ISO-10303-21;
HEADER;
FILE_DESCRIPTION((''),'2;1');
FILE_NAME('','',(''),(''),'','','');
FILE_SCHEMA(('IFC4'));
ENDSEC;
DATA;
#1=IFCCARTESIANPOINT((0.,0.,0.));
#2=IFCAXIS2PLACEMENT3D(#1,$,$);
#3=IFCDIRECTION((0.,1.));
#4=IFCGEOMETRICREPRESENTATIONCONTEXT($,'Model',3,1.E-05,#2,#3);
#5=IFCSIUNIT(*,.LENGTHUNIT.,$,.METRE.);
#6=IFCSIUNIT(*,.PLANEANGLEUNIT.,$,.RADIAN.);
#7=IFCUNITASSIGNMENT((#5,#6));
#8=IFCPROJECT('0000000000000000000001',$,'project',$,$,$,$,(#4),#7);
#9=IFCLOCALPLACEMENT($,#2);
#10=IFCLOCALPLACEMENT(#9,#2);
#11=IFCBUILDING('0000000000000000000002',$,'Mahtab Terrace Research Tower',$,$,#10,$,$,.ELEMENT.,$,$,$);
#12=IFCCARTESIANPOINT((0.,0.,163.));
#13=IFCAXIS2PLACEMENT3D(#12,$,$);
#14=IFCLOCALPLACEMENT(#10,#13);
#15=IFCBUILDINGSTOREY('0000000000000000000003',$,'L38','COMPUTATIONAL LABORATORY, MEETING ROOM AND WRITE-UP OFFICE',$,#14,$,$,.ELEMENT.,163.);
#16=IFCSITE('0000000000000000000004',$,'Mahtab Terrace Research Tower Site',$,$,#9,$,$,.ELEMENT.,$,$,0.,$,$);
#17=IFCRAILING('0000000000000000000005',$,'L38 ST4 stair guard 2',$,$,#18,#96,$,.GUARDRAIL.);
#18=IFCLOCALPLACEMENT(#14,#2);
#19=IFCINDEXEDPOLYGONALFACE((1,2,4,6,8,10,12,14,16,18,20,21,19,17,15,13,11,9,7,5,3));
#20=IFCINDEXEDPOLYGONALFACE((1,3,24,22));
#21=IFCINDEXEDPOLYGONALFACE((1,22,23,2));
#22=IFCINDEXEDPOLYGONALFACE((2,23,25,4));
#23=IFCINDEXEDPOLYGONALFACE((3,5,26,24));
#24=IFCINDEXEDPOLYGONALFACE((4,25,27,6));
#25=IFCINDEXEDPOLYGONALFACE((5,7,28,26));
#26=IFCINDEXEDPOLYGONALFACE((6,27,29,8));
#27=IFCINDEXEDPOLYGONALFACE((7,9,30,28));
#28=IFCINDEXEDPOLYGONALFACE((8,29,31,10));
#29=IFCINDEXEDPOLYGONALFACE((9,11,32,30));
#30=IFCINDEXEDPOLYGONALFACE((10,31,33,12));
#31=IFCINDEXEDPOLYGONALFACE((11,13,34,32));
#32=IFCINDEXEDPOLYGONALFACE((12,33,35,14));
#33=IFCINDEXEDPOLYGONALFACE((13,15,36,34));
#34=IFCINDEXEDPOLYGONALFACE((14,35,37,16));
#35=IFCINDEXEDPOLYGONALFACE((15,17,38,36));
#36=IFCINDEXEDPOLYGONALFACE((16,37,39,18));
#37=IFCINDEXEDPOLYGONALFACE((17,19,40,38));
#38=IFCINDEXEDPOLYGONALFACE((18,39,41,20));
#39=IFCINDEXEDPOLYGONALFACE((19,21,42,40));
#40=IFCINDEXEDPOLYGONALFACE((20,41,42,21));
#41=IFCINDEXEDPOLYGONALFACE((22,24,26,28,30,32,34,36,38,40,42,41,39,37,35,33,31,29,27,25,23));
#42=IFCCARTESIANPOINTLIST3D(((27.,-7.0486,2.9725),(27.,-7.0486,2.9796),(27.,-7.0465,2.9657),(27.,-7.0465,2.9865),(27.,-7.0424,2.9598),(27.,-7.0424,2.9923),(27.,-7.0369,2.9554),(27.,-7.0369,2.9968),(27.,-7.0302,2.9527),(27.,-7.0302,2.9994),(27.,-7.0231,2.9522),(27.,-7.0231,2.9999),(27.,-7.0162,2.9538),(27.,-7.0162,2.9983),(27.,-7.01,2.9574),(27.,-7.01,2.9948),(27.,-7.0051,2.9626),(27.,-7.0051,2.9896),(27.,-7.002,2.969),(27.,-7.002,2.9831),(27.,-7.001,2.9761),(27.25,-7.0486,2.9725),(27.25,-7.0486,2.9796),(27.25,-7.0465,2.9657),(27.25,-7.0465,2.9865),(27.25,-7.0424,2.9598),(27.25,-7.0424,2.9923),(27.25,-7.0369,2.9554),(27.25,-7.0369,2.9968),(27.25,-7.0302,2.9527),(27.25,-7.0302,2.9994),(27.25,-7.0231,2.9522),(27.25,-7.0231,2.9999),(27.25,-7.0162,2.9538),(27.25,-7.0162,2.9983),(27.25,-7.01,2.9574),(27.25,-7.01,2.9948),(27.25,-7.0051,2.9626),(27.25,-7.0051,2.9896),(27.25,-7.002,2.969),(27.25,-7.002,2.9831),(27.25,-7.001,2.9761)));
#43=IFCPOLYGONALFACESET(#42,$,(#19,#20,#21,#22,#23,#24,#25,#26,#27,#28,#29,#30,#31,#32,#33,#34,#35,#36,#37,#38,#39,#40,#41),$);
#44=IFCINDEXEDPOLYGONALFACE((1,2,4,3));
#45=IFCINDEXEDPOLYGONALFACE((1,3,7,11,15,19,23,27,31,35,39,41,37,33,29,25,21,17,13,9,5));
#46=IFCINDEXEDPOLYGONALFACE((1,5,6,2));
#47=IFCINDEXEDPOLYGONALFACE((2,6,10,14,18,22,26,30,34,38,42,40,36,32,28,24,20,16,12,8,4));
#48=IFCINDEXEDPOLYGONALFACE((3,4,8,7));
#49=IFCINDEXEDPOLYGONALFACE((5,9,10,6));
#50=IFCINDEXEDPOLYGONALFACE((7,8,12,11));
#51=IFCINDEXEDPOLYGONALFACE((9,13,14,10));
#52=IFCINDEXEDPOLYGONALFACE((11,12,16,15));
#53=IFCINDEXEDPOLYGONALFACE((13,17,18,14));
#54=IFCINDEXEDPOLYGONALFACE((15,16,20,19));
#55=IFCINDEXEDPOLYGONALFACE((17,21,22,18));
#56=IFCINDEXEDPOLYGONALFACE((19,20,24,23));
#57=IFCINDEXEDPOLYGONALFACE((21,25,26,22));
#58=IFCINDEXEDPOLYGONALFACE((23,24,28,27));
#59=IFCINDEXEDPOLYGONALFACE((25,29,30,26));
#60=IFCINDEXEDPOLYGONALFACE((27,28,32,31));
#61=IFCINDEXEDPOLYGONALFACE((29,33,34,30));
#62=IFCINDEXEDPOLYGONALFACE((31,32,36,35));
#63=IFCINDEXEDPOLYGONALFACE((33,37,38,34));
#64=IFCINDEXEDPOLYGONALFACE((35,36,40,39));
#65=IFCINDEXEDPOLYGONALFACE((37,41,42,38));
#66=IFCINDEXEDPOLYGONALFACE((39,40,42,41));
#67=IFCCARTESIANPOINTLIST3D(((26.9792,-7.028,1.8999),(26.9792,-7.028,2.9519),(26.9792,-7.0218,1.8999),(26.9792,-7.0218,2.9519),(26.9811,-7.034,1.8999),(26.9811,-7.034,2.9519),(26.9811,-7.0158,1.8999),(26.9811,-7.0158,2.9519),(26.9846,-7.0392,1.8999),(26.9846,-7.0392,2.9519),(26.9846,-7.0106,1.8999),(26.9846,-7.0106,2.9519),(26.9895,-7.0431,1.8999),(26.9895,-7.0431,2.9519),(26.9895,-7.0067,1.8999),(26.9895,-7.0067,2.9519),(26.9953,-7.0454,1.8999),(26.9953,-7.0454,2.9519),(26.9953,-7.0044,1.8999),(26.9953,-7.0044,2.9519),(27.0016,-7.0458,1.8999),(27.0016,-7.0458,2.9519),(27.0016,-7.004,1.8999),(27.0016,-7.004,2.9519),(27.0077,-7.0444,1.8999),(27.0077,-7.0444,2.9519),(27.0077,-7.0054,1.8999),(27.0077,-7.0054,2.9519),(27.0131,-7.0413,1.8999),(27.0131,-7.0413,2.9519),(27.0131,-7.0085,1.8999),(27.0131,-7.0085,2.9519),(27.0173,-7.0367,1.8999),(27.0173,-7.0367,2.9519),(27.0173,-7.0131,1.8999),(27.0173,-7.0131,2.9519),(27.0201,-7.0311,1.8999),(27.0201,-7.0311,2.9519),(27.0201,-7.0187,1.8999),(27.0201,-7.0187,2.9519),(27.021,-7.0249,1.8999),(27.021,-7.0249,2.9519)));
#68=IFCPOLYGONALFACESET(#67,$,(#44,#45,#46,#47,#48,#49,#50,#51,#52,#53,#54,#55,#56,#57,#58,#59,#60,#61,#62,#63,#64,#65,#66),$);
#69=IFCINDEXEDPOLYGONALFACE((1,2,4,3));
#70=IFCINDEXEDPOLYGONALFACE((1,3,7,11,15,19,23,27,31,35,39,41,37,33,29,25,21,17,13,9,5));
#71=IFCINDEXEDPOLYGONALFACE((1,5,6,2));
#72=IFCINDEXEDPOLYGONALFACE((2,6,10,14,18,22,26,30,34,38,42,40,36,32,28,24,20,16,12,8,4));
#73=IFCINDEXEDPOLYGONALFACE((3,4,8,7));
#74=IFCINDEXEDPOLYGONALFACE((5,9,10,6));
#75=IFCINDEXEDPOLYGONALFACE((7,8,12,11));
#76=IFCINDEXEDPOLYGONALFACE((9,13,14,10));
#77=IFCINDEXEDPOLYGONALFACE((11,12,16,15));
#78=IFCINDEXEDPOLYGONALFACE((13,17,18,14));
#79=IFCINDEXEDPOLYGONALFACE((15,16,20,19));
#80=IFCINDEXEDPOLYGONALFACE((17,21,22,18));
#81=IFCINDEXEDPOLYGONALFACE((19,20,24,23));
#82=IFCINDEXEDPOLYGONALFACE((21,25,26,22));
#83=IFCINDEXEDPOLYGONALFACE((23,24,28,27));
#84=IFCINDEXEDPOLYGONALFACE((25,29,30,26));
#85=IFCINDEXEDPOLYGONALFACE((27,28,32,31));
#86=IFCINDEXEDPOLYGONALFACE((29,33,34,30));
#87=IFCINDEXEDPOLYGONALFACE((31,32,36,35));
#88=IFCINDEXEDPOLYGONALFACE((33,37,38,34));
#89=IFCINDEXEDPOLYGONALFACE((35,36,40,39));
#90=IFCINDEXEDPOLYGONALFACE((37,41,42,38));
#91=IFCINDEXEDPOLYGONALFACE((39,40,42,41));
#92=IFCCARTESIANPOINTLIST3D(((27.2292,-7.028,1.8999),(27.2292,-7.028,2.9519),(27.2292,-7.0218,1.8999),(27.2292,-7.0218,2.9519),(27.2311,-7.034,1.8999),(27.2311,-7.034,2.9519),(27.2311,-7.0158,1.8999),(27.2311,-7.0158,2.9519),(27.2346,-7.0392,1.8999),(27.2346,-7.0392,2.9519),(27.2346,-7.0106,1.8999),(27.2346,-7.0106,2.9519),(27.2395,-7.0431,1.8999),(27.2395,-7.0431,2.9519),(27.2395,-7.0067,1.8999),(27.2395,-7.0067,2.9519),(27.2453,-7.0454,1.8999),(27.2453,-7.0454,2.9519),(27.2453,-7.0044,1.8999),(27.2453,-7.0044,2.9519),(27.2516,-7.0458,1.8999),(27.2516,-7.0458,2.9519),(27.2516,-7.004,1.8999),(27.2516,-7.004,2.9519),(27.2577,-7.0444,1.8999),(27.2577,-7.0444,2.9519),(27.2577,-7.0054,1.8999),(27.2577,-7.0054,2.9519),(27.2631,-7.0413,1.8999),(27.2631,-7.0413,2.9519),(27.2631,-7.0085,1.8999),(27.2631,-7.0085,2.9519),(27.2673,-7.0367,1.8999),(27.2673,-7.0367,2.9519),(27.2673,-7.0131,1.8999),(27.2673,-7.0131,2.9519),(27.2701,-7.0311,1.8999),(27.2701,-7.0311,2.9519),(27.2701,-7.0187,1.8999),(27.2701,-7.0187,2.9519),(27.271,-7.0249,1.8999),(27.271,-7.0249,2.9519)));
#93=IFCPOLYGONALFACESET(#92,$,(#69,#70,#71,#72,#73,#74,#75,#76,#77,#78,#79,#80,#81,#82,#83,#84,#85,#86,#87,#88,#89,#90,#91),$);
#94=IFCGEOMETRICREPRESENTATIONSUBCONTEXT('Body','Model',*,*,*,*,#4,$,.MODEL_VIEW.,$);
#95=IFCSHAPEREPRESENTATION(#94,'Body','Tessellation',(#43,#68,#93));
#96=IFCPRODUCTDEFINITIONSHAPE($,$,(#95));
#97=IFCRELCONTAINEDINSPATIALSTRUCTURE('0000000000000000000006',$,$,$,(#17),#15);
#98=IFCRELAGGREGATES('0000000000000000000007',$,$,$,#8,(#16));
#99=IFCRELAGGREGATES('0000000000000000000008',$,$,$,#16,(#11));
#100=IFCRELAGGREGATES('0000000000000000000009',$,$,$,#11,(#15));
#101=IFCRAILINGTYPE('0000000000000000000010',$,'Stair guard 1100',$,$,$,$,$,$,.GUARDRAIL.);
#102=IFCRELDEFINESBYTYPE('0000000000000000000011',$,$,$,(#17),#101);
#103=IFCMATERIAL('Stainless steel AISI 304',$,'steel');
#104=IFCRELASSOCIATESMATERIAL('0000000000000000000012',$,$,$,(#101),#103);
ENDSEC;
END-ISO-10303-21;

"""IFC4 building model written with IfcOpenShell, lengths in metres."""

from ifc_helpers import new_model, si_unit, direction, frame, origin, origin_2d, place, context, subcontext, project, spatial, circle, extrude, material, type_object, element, save


model = new_model("IFC4")

# Units and contexts
model_context = context("Model", 3, precision=1e-05, world=origin(), true_north=direction((0.0, 1.0)))
body_context = subcontext(model_context, "Body", "Model", "MODEL_VIEW")
ifc_project = project(units=[si_unit("LENGTHUNIT", "METRE"), si_unit("PLANEANGLEUNIT", "RADIAN")], contexts=[model_context])

# Site, building, storey
site_placement = place(None, origin())
site = spatial("IfcSite", under=ifc_project, at=site_placement, Name="Mahtab Terrace Research Tower Site", CompositionType="ELEMENT", RefElevation=0.0)
building_placement = place(site_placement, origin())
building = spatial("IfcBuilding", under=site, at=building_placement, Name="Mahtab Terrace Research Tower", CompositionType="ELEMENT")
storey_placement = place(building_placement, frame((0.0, 0.0, 163.0)))
storey = spatial("IfcBuildingStorey", under=building, at=storey_placement, Name="L38", Description="COMPUTATIONAL LABORATORY, MEETING ROOM AND WRITE-UP OFFICE", CompositionType="ELEMENT", Elevation=163.0)

# Railing
ifc_material_1 = material(Name="Stainless steel AISI 304", Category="steel")
railing_type_1 = type_object("IfcRailingType", Name="Stair guard 1100", PredefinedType="GUARDRAIL", material=ifc_material_1)
railing_1_placement = place(storey_placement, frame((27.0, -7.0249, 1.8999)))
element("IfcRailing", 1, at=railing_1_placement, inside=storey, type_object=railing_type_1, Name="L38 ST4 stair guard 2", PredefinedType="GUARDRAIL", context=body_context, shape_type="SweptSolid", body=[
    extrude(circle(Radius=0.0239, at=origin_2d()), frame((0.0, 0.0, 1.0762), z_axis=(1.0, 0.0, 0.0), x_axis=(0.0, 1.0, 0.0)), (0.0, 0.0, 1.0), 0.25),
    extrude(circle(Radius=0.021, at=origin_2d()), origin(), (0.0, 0.0, 1.0), 1.052),
    extrude(circle(Radius=0.021, at=origin_2d()), frame((0.25, 0.0, 0.0)), (0.0, 0.0, 1.0), 1.052),
])

save(model, "model.ifc")
